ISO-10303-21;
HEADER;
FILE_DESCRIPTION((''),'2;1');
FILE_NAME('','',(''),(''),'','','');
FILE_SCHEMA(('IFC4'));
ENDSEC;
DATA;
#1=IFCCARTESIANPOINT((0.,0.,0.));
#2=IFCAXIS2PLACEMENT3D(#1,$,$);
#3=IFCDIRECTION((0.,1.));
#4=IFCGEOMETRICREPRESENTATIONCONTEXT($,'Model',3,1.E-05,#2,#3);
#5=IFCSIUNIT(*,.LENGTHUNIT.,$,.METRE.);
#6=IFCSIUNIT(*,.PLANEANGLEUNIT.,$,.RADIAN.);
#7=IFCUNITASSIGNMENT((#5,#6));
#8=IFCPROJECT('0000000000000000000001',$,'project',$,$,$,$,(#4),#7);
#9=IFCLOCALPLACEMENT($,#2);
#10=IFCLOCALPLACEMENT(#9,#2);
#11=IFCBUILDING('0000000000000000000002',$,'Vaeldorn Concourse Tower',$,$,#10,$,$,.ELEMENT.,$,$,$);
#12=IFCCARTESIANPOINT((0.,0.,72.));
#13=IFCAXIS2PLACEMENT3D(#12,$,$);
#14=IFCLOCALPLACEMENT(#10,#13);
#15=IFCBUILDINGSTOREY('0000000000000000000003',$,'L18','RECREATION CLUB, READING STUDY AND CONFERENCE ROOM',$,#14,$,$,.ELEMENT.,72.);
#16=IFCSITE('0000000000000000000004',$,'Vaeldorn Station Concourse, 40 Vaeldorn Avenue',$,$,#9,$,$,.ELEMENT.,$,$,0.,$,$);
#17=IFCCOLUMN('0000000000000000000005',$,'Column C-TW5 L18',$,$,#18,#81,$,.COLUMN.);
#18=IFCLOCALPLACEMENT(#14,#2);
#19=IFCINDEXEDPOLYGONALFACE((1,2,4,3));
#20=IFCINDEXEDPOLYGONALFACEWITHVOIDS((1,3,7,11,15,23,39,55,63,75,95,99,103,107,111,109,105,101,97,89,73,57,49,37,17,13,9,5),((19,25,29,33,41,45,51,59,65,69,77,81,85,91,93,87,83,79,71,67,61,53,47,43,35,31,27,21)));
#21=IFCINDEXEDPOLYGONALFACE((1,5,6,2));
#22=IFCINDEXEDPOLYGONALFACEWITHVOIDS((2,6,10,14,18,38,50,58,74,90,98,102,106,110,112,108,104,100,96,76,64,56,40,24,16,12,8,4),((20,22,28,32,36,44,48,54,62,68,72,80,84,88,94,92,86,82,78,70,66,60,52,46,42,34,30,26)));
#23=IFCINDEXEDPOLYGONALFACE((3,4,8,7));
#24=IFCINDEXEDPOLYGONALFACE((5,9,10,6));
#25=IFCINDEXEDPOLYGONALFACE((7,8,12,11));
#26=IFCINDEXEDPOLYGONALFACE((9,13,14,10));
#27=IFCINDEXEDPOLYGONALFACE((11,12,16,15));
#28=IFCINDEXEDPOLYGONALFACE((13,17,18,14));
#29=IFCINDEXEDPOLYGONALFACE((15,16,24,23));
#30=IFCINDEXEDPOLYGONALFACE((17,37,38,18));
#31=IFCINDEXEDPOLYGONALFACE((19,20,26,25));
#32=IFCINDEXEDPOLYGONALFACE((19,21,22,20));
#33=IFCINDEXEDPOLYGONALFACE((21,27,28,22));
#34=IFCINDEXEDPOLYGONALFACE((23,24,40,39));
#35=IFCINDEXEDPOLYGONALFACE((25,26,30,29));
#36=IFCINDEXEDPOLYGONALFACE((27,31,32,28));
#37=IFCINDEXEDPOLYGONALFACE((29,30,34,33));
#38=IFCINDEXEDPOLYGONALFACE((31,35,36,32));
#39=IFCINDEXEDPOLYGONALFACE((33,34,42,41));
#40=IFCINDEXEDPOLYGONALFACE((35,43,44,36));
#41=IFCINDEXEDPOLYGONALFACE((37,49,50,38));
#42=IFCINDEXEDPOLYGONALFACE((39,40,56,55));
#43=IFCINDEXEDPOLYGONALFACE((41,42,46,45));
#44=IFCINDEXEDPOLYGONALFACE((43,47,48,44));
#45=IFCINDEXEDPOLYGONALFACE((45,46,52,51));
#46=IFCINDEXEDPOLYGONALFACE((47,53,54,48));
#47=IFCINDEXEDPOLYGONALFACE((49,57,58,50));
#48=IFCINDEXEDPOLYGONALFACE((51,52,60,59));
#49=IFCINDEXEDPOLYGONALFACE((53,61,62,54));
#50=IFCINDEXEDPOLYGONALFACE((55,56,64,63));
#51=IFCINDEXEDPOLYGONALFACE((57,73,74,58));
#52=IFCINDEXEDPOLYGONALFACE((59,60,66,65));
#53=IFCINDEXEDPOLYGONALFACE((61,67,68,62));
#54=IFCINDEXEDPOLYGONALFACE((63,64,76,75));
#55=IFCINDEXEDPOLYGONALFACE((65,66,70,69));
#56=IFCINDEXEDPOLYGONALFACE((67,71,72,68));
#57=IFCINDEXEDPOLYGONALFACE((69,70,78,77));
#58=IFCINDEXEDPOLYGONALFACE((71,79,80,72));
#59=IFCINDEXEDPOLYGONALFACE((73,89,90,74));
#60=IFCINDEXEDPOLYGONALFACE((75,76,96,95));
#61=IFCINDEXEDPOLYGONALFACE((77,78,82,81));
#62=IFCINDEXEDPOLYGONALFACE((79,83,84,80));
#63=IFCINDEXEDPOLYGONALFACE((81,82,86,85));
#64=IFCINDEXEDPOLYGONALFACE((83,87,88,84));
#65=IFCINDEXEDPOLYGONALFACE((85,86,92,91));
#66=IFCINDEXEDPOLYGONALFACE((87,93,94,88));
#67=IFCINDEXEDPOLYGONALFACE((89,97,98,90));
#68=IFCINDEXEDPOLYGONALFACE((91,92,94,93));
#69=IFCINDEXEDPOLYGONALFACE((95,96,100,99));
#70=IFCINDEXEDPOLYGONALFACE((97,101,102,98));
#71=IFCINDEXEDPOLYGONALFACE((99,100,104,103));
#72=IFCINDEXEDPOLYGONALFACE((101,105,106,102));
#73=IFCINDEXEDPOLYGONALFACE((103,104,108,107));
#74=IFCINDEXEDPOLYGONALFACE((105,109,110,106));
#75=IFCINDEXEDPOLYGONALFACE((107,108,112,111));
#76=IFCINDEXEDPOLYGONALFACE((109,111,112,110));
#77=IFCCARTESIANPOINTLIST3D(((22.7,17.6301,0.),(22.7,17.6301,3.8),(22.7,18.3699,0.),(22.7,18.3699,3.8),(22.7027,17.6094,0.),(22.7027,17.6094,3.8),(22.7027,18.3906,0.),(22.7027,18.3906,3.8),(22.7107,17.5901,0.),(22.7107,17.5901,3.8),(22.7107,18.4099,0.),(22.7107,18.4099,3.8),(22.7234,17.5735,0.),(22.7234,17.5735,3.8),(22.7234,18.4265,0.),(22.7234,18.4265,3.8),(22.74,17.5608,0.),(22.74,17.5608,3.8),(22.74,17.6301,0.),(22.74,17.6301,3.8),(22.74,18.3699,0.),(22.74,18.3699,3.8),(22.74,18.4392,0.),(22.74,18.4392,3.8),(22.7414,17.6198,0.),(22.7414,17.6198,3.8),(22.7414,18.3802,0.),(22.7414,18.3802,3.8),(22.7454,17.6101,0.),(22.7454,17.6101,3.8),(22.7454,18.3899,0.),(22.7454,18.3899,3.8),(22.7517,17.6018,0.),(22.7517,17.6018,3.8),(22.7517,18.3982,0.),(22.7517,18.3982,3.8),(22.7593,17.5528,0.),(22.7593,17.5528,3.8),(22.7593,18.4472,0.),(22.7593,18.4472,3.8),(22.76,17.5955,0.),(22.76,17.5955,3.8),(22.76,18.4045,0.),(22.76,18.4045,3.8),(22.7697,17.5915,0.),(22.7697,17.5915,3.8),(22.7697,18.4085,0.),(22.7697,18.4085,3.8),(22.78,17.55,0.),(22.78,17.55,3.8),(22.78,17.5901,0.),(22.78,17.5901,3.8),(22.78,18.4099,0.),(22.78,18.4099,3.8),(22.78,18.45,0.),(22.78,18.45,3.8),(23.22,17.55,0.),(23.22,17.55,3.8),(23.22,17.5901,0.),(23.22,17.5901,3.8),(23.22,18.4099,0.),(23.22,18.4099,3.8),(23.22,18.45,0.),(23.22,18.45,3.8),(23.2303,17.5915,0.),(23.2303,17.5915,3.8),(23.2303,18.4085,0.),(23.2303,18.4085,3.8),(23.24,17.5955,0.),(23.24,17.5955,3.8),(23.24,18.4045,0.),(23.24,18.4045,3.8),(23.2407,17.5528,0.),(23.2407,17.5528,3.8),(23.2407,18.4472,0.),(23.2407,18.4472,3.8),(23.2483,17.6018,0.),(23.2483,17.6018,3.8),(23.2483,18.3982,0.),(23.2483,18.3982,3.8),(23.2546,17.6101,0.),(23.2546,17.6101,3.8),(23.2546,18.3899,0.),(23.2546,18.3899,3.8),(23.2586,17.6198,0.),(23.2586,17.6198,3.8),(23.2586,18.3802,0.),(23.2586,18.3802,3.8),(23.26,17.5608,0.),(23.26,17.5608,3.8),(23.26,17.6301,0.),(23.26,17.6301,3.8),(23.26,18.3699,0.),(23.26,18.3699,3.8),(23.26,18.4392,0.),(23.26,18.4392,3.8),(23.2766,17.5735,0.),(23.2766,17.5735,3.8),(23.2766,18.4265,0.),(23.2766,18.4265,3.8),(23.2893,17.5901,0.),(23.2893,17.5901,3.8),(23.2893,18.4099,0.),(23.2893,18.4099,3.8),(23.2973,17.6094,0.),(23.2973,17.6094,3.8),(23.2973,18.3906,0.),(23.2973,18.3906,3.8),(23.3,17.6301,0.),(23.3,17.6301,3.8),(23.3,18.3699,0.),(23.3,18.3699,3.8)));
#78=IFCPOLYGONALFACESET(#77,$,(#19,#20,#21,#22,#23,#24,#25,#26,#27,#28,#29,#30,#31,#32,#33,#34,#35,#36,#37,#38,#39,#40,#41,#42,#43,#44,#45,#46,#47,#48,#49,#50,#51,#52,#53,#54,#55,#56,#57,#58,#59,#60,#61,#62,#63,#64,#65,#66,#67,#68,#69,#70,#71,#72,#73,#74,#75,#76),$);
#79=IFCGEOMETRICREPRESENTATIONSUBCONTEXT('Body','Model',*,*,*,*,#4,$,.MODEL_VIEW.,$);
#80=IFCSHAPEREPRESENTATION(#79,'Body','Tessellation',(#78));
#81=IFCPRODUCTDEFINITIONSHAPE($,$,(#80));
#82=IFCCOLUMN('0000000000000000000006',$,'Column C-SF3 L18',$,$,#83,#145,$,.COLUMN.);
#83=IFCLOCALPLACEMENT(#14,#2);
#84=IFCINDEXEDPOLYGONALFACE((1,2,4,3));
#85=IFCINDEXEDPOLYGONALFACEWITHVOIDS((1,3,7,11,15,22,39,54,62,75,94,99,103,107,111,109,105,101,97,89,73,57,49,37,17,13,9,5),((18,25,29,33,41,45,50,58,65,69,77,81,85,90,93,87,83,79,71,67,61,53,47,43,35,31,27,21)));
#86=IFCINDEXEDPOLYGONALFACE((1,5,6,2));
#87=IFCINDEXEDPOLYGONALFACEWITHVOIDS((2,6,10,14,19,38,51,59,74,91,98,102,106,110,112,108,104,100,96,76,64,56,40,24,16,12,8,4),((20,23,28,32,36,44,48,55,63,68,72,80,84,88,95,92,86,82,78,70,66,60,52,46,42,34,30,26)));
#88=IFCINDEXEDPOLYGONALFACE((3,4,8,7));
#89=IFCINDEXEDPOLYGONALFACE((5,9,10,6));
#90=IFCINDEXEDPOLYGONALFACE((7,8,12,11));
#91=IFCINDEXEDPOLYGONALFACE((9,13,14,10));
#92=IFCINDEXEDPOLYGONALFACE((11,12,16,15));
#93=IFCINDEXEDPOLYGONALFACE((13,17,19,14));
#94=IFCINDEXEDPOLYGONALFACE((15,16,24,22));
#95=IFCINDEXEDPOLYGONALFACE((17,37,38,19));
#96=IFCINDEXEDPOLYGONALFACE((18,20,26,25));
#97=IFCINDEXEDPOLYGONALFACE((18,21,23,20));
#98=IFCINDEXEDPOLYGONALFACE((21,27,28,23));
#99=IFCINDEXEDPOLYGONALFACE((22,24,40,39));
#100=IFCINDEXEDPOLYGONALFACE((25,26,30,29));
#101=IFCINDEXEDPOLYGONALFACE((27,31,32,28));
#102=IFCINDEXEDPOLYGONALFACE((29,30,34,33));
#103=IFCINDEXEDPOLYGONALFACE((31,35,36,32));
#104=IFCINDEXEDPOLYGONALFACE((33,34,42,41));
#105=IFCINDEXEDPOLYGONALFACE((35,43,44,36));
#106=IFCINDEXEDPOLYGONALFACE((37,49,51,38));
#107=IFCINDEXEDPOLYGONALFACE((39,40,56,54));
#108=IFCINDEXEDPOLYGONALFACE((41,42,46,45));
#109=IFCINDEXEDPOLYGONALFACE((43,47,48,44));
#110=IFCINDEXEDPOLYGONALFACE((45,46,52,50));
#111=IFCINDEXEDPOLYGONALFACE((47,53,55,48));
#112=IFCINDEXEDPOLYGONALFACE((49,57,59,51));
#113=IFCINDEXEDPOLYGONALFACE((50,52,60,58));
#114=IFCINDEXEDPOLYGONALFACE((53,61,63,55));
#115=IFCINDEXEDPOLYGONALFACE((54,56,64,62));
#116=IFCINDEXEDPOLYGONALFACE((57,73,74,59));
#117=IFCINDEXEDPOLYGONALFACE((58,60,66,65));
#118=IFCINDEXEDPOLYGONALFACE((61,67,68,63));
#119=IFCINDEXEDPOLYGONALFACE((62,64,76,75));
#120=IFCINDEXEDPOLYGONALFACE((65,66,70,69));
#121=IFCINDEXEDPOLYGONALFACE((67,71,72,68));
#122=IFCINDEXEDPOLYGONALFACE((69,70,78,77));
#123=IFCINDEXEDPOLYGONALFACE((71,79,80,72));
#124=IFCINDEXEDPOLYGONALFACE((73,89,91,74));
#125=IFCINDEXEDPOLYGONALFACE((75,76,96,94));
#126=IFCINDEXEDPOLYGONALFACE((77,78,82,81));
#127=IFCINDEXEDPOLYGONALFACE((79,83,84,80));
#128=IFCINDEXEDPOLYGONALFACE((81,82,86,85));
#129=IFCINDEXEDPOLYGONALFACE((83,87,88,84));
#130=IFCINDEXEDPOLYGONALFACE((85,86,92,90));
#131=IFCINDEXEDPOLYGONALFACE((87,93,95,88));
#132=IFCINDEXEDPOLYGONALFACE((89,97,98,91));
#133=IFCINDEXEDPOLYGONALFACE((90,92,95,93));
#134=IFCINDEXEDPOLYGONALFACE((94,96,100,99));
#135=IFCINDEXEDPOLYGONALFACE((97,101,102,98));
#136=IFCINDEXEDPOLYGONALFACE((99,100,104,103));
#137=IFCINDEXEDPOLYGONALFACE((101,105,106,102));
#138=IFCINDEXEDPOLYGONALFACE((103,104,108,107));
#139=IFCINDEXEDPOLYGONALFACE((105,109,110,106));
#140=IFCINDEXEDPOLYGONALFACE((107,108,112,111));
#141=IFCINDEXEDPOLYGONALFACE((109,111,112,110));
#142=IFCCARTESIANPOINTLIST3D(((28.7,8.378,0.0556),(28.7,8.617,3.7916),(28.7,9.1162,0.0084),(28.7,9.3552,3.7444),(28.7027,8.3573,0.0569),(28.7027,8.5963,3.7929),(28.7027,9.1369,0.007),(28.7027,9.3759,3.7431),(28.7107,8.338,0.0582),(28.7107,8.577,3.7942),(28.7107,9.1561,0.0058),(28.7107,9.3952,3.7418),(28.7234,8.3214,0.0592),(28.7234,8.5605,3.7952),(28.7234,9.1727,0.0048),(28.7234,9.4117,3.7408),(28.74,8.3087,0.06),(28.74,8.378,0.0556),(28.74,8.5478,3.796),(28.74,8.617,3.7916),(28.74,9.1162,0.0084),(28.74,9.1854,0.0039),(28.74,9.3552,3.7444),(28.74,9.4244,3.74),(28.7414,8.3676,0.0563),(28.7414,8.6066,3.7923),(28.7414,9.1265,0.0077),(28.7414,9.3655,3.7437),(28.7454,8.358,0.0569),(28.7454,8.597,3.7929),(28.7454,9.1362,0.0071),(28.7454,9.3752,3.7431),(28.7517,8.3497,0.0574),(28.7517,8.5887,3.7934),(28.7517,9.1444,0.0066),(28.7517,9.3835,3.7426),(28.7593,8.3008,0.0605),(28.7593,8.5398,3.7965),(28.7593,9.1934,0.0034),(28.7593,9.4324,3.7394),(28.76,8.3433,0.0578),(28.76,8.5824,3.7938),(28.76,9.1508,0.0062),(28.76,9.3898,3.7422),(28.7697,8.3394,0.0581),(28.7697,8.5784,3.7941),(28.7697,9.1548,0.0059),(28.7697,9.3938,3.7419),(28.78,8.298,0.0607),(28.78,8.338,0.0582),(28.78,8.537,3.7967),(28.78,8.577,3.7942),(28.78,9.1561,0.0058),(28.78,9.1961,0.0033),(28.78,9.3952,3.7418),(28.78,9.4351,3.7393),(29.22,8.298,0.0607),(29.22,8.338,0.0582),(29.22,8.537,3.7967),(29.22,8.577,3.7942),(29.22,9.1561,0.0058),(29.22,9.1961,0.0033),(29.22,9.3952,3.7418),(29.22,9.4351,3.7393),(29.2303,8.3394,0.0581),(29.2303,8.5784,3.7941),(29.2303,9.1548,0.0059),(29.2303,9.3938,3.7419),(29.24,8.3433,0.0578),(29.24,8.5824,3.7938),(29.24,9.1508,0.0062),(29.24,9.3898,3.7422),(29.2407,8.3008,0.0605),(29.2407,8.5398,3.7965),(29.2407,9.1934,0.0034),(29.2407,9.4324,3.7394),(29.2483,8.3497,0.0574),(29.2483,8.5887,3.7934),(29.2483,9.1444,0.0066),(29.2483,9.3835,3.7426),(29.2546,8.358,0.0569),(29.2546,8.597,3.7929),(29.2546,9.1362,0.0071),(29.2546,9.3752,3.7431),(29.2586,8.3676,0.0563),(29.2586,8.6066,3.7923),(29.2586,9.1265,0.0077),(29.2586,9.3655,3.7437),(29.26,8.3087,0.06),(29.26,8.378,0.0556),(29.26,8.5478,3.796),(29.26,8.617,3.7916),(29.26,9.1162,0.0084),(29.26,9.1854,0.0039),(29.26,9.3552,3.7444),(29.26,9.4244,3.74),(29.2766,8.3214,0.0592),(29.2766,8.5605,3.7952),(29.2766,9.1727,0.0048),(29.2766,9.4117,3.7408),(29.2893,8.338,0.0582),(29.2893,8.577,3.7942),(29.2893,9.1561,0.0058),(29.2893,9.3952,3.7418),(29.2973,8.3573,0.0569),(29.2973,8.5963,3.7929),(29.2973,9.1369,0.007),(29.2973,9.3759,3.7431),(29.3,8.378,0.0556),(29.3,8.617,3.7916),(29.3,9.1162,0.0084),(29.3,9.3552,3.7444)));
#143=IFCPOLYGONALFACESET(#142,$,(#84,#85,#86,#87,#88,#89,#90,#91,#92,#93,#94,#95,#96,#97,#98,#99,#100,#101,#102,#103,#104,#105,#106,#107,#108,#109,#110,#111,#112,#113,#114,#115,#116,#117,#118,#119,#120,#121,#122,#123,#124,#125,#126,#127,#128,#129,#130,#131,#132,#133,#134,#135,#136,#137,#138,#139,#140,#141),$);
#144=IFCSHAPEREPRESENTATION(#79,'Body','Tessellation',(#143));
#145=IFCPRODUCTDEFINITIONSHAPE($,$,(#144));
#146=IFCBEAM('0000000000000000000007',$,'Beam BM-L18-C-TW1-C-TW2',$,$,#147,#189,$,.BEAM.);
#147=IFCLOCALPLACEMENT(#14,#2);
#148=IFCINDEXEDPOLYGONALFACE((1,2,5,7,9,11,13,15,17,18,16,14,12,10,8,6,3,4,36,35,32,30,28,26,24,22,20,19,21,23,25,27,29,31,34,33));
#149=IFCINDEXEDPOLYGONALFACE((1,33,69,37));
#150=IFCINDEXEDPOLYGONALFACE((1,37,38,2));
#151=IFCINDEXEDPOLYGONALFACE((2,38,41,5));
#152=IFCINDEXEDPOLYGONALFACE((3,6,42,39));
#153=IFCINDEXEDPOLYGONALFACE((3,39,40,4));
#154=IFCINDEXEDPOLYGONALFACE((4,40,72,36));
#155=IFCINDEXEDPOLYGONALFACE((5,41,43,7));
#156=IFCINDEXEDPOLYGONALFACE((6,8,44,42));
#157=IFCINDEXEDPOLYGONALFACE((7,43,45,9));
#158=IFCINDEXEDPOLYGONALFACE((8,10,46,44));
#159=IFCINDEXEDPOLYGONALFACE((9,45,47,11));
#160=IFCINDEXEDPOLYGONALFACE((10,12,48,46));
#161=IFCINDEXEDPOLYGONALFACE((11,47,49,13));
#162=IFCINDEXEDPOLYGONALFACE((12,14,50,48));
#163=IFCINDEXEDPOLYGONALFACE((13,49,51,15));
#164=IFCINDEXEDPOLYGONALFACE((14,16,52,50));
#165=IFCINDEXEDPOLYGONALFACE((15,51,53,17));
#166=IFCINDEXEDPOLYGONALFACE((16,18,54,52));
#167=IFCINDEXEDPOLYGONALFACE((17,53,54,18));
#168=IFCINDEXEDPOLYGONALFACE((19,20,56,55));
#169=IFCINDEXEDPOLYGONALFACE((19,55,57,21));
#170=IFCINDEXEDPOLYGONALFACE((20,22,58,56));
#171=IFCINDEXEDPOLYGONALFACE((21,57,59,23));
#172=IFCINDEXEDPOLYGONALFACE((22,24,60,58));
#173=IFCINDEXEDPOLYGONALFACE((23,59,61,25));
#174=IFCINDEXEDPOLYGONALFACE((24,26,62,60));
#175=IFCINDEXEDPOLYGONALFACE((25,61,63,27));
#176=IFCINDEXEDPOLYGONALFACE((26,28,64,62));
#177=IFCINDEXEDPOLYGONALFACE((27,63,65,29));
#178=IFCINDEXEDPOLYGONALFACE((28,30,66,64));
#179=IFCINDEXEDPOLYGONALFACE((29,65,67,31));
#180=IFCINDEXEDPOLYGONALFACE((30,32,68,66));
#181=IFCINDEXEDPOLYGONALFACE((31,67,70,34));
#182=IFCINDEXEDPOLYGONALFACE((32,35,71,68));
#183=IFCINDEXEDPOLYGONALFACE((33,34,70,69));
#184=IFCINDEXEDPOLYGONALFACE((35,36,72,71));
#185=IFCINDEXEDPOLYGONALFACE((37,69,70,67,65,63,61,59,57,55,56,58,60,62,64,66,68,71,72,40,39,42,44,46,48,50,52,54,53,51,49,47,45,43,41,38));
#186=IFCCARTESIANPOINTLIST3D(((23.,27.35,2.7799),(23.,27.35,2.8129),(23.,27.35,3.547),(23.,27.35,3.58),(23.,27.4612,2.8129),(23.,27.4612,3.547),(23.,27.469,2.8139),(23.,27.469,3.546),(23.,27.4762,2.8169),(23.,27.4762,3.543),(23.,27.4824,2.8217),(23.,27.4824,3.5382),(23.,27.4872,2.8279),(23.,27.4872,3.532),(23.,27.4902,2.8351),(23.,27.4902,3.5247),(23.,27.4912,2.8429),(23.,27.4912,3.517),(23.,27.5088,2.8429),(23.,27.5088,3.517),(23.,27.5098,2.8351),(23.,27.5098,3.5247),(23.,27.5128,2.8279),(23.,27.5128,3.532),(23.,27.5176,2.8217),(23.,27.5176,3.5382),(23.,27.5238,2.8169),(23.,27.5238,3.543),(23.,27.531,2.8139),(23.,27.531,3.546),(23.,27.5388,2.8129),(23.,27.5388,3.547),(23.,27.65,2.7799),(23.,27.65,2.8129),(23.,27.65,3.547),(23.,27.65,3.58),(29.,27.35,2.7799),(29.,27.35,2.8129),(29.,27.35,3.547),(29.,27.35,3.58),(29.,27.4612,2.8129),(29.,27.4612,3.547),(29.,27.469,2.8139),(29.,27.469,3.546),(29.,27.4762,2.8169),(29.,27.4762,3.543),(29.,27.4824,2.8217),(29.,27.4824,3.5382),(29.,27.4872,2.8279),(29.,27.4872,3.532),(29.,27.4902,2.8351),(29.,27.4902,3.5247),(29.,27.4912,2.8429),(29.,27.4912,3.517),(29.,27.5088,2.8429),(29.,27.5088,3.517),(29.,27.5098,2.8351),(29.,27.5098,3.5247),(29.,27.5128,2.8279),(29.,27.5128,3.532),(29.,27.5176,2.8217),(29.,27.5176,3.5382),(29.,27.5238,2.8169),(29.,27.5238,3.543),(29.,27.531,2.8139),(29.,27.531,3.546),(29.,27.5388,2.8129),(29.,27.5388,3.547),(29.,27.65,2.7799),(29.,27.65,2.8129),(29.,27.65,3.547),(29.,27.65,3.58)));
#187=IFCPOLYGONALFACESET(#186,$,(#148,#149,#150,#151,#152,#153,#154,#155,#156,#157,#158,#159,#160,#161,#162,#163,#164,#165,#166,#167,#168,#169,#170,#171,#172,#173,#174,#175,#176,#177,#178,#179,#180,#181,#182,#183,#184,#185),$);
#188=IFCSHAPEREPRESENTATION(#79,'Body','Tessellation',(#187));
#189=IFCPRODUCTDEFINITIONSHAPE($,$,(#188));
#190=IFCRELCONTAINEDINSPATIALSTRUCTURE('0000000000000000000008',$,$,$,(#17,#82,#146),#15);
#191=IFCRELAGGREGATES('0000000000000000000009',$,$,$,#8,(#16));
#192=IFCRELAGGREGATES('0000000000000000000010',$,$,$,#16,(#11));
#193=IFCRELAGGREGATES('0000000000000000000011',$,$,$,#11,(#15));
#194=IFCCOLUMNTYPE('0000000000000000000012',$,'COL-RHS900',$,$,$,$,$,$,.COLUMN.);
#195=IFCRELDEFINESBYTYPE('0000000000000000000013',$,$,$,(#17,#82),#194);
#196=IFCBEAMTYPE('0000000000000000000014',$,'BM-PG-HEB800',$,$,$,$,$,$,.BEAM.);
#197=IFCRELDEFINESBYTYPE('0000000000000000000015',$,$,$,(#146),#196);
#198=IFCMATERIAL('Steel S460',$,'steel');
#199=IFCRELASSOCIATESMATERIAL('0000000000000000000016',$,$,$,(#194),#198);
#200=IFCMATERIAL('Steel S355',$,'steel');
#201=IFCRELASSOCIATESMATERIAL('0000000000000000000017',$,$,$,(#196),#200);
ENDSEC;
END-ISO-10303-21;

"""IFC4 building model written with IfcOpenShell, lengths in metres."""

from ifc_helpers import new_model, si_unit, direction, frame, origin, origin_2d, place, context, subcontext, project, spatial, hollow_rectangle, i_section, extrude, source, transform, mapped, material, material_profile, profile_set, type_object, element, save


model = new_model("IFC4")

# Units and contexts
model_context = context("Model", 3, precision=1e-05, world=origin(), true_north=direction((0.0, 1.0)))
body_context = subcontext(model_context, "Body", "Model", "MODEL_VIEW")
ifc_project = project(units=[si_unit("LENGTHUNIT", "METRE"), si_unit("PLANEANGLEUNIT", "RADIAN")], contexts=[model_context])

# Site, building, storey
site_placement = place(None, origin())
site = spatial("IfcSite", under=ifc_project, at=site_placement, Name="Vaeldorn Station Concourse, 40 Vaeldorn Avenue", CompositionType="ELEMENT", RefElevation=0.0)
building_placement = place(site_placement, origin())
building = spatial("IfcBuilding", under=site, at=building_placement, Name="Vaeldorn Concourse Tower", CompositionType="ELEMENT")
storey_placement = place(building_placement, frame((0.0, 0.0, 72.0)))
storey = spatial("IfcBuildingStorey", under=building, at=storey_placement, Name="L18", Description="RECREATION CLUB, READING STUDY AND CONFERENCE ROOM", CompositionType="ELEMENT", Elevation=72.0)

# Columns
ifc_material_1 = material(Name="Steel S460", Category="steel")
ifc_material_profile_1 = material_profile(ifc_material_1, hollow_rectangle(XDim=0.6001, YDim=0.8999, WallThickness=0.04, InnerFilletRadius=0.04, OuterFilletRadius=0.0801, at=origin_2d()), Name="RHS 900x600x40")
ifc_profile_set_1 = profile_set([ifc_material_profile_1], Name="Steel S460")
column_type_1 = type_object("IfcColumnType", Name="COL-RHS900", PredefinedType="COLUMN", material=ifc_profile_set_1)
shared_shape_1 = source(origin(), body_context, "Body", "SweptSolid", [
    extrude(hollow_rectangle(XDim=0.6001, YDim=0.8999, WallThickness=0.04, InnerFilletRadius=0.04, OuterFilletRadius=0.0801, at=origin_2d()), origin(), (0.0, 0.0, 1.0), 3.8),
])
for number, where, z_axis, x_axis, name in (
    (1, (23.0, 18.0, 0.0), (0.0, 0.0, 1.0), (1.0, 0.0, 0.0), "Column C-TW5 L18"),
):
    element("IfcColumn", number, at=place(storey_placement, frame(where, z_axis=z_axis, x_axis=x_axis)), inside=storey, type_object=column_type_1, Name=name, PredefinedType="COLUMN", context=body_context, shape_type="MappedRepresentation", body=[
        mapped(shared_shape_1, transform((0.0, 0.0, 0.0), scale=1.0)),
    ])
shared_shape_2 = source(origin(), body_context, "Body", "SweptSolid", [
    extrude(hollow_rectangle(XDim=0.6001, YDim=0.8999, WallThickness=0.04, InnerFilletRadius=0.04, OuterFilletRadius=0.0801, at=origin_2d()), origin(), (0.0, 0.0, 1.0), 3.7437),
])
column_1_placement = place(storey_placement, frame((29.0, 8.7471, 0.032), z_axis=(0.0, 0.063844, 0.99796), x_axis=(-1.0, 0.0, 0.0)))
element("IfcColumn", 2, at=column_1_placement, inside=storey, type_object=column_type_1, Name="Column C-SF3 L18", PredefinedType="COLUMN", context=body_context, shape_type="MappedRepresentation", body=[
    mapped(shared_shape_2, transform((0.0, 0.0, 0.0), scale=1.0)),
])

# Beam
ifc_material_2 = material(Name="Steel S355", Category="steel")
ifc_material_profile_2 = material_profile(ifc_material_2, i_section(OverallWidth=0.3, OverallDepth=0.8, WebThickness=0.0176, FlangeThickness=0.033, FilletRadius=0.03, at=origin_2d()), Name="HEB 800")
ifc_profile_set_2 = profile_set([ifc_material_profile_2], Name="Steel S355")
beam_type_1 = type_object("IfcBeamType", Name="BM-PG-HEB800", PredefinedType="BEAM", material=ifc_profile_set_2)
shared_shape_3 = source(origin(), body_context, "Body", "SweptSolid", [
    extrude(i_section(OverallWidth=0.3, OverallDepth=0.8, WebThickness=0.0176, FlangeThickness=0.033, FilletRadius=0.03, at=origin_2d()), origin(), (0.0, 0.0, 1.0), 6.0),
])
beam_1_placement = place(storey_placement, frame((23.0, 27.5, 3.1799), z_axis=(1.0, 0.0, 0.0), x_axis=(0.0, 1.0, 0.0)))
element("IfcBeam", 3, at=beam_1_placement, inside=storey, type_object=beam_type_1, Name="Beam BM-L18-C-TW1-C-TW2", PredefinedType="BEAM", context=body_context, shape_type="MappedRepresentation", body=[
    mapped(shared_shape_3, transform((0.0, 0.0, 0.0), scale=1.0)),
])

save(model, "model.ifc")
